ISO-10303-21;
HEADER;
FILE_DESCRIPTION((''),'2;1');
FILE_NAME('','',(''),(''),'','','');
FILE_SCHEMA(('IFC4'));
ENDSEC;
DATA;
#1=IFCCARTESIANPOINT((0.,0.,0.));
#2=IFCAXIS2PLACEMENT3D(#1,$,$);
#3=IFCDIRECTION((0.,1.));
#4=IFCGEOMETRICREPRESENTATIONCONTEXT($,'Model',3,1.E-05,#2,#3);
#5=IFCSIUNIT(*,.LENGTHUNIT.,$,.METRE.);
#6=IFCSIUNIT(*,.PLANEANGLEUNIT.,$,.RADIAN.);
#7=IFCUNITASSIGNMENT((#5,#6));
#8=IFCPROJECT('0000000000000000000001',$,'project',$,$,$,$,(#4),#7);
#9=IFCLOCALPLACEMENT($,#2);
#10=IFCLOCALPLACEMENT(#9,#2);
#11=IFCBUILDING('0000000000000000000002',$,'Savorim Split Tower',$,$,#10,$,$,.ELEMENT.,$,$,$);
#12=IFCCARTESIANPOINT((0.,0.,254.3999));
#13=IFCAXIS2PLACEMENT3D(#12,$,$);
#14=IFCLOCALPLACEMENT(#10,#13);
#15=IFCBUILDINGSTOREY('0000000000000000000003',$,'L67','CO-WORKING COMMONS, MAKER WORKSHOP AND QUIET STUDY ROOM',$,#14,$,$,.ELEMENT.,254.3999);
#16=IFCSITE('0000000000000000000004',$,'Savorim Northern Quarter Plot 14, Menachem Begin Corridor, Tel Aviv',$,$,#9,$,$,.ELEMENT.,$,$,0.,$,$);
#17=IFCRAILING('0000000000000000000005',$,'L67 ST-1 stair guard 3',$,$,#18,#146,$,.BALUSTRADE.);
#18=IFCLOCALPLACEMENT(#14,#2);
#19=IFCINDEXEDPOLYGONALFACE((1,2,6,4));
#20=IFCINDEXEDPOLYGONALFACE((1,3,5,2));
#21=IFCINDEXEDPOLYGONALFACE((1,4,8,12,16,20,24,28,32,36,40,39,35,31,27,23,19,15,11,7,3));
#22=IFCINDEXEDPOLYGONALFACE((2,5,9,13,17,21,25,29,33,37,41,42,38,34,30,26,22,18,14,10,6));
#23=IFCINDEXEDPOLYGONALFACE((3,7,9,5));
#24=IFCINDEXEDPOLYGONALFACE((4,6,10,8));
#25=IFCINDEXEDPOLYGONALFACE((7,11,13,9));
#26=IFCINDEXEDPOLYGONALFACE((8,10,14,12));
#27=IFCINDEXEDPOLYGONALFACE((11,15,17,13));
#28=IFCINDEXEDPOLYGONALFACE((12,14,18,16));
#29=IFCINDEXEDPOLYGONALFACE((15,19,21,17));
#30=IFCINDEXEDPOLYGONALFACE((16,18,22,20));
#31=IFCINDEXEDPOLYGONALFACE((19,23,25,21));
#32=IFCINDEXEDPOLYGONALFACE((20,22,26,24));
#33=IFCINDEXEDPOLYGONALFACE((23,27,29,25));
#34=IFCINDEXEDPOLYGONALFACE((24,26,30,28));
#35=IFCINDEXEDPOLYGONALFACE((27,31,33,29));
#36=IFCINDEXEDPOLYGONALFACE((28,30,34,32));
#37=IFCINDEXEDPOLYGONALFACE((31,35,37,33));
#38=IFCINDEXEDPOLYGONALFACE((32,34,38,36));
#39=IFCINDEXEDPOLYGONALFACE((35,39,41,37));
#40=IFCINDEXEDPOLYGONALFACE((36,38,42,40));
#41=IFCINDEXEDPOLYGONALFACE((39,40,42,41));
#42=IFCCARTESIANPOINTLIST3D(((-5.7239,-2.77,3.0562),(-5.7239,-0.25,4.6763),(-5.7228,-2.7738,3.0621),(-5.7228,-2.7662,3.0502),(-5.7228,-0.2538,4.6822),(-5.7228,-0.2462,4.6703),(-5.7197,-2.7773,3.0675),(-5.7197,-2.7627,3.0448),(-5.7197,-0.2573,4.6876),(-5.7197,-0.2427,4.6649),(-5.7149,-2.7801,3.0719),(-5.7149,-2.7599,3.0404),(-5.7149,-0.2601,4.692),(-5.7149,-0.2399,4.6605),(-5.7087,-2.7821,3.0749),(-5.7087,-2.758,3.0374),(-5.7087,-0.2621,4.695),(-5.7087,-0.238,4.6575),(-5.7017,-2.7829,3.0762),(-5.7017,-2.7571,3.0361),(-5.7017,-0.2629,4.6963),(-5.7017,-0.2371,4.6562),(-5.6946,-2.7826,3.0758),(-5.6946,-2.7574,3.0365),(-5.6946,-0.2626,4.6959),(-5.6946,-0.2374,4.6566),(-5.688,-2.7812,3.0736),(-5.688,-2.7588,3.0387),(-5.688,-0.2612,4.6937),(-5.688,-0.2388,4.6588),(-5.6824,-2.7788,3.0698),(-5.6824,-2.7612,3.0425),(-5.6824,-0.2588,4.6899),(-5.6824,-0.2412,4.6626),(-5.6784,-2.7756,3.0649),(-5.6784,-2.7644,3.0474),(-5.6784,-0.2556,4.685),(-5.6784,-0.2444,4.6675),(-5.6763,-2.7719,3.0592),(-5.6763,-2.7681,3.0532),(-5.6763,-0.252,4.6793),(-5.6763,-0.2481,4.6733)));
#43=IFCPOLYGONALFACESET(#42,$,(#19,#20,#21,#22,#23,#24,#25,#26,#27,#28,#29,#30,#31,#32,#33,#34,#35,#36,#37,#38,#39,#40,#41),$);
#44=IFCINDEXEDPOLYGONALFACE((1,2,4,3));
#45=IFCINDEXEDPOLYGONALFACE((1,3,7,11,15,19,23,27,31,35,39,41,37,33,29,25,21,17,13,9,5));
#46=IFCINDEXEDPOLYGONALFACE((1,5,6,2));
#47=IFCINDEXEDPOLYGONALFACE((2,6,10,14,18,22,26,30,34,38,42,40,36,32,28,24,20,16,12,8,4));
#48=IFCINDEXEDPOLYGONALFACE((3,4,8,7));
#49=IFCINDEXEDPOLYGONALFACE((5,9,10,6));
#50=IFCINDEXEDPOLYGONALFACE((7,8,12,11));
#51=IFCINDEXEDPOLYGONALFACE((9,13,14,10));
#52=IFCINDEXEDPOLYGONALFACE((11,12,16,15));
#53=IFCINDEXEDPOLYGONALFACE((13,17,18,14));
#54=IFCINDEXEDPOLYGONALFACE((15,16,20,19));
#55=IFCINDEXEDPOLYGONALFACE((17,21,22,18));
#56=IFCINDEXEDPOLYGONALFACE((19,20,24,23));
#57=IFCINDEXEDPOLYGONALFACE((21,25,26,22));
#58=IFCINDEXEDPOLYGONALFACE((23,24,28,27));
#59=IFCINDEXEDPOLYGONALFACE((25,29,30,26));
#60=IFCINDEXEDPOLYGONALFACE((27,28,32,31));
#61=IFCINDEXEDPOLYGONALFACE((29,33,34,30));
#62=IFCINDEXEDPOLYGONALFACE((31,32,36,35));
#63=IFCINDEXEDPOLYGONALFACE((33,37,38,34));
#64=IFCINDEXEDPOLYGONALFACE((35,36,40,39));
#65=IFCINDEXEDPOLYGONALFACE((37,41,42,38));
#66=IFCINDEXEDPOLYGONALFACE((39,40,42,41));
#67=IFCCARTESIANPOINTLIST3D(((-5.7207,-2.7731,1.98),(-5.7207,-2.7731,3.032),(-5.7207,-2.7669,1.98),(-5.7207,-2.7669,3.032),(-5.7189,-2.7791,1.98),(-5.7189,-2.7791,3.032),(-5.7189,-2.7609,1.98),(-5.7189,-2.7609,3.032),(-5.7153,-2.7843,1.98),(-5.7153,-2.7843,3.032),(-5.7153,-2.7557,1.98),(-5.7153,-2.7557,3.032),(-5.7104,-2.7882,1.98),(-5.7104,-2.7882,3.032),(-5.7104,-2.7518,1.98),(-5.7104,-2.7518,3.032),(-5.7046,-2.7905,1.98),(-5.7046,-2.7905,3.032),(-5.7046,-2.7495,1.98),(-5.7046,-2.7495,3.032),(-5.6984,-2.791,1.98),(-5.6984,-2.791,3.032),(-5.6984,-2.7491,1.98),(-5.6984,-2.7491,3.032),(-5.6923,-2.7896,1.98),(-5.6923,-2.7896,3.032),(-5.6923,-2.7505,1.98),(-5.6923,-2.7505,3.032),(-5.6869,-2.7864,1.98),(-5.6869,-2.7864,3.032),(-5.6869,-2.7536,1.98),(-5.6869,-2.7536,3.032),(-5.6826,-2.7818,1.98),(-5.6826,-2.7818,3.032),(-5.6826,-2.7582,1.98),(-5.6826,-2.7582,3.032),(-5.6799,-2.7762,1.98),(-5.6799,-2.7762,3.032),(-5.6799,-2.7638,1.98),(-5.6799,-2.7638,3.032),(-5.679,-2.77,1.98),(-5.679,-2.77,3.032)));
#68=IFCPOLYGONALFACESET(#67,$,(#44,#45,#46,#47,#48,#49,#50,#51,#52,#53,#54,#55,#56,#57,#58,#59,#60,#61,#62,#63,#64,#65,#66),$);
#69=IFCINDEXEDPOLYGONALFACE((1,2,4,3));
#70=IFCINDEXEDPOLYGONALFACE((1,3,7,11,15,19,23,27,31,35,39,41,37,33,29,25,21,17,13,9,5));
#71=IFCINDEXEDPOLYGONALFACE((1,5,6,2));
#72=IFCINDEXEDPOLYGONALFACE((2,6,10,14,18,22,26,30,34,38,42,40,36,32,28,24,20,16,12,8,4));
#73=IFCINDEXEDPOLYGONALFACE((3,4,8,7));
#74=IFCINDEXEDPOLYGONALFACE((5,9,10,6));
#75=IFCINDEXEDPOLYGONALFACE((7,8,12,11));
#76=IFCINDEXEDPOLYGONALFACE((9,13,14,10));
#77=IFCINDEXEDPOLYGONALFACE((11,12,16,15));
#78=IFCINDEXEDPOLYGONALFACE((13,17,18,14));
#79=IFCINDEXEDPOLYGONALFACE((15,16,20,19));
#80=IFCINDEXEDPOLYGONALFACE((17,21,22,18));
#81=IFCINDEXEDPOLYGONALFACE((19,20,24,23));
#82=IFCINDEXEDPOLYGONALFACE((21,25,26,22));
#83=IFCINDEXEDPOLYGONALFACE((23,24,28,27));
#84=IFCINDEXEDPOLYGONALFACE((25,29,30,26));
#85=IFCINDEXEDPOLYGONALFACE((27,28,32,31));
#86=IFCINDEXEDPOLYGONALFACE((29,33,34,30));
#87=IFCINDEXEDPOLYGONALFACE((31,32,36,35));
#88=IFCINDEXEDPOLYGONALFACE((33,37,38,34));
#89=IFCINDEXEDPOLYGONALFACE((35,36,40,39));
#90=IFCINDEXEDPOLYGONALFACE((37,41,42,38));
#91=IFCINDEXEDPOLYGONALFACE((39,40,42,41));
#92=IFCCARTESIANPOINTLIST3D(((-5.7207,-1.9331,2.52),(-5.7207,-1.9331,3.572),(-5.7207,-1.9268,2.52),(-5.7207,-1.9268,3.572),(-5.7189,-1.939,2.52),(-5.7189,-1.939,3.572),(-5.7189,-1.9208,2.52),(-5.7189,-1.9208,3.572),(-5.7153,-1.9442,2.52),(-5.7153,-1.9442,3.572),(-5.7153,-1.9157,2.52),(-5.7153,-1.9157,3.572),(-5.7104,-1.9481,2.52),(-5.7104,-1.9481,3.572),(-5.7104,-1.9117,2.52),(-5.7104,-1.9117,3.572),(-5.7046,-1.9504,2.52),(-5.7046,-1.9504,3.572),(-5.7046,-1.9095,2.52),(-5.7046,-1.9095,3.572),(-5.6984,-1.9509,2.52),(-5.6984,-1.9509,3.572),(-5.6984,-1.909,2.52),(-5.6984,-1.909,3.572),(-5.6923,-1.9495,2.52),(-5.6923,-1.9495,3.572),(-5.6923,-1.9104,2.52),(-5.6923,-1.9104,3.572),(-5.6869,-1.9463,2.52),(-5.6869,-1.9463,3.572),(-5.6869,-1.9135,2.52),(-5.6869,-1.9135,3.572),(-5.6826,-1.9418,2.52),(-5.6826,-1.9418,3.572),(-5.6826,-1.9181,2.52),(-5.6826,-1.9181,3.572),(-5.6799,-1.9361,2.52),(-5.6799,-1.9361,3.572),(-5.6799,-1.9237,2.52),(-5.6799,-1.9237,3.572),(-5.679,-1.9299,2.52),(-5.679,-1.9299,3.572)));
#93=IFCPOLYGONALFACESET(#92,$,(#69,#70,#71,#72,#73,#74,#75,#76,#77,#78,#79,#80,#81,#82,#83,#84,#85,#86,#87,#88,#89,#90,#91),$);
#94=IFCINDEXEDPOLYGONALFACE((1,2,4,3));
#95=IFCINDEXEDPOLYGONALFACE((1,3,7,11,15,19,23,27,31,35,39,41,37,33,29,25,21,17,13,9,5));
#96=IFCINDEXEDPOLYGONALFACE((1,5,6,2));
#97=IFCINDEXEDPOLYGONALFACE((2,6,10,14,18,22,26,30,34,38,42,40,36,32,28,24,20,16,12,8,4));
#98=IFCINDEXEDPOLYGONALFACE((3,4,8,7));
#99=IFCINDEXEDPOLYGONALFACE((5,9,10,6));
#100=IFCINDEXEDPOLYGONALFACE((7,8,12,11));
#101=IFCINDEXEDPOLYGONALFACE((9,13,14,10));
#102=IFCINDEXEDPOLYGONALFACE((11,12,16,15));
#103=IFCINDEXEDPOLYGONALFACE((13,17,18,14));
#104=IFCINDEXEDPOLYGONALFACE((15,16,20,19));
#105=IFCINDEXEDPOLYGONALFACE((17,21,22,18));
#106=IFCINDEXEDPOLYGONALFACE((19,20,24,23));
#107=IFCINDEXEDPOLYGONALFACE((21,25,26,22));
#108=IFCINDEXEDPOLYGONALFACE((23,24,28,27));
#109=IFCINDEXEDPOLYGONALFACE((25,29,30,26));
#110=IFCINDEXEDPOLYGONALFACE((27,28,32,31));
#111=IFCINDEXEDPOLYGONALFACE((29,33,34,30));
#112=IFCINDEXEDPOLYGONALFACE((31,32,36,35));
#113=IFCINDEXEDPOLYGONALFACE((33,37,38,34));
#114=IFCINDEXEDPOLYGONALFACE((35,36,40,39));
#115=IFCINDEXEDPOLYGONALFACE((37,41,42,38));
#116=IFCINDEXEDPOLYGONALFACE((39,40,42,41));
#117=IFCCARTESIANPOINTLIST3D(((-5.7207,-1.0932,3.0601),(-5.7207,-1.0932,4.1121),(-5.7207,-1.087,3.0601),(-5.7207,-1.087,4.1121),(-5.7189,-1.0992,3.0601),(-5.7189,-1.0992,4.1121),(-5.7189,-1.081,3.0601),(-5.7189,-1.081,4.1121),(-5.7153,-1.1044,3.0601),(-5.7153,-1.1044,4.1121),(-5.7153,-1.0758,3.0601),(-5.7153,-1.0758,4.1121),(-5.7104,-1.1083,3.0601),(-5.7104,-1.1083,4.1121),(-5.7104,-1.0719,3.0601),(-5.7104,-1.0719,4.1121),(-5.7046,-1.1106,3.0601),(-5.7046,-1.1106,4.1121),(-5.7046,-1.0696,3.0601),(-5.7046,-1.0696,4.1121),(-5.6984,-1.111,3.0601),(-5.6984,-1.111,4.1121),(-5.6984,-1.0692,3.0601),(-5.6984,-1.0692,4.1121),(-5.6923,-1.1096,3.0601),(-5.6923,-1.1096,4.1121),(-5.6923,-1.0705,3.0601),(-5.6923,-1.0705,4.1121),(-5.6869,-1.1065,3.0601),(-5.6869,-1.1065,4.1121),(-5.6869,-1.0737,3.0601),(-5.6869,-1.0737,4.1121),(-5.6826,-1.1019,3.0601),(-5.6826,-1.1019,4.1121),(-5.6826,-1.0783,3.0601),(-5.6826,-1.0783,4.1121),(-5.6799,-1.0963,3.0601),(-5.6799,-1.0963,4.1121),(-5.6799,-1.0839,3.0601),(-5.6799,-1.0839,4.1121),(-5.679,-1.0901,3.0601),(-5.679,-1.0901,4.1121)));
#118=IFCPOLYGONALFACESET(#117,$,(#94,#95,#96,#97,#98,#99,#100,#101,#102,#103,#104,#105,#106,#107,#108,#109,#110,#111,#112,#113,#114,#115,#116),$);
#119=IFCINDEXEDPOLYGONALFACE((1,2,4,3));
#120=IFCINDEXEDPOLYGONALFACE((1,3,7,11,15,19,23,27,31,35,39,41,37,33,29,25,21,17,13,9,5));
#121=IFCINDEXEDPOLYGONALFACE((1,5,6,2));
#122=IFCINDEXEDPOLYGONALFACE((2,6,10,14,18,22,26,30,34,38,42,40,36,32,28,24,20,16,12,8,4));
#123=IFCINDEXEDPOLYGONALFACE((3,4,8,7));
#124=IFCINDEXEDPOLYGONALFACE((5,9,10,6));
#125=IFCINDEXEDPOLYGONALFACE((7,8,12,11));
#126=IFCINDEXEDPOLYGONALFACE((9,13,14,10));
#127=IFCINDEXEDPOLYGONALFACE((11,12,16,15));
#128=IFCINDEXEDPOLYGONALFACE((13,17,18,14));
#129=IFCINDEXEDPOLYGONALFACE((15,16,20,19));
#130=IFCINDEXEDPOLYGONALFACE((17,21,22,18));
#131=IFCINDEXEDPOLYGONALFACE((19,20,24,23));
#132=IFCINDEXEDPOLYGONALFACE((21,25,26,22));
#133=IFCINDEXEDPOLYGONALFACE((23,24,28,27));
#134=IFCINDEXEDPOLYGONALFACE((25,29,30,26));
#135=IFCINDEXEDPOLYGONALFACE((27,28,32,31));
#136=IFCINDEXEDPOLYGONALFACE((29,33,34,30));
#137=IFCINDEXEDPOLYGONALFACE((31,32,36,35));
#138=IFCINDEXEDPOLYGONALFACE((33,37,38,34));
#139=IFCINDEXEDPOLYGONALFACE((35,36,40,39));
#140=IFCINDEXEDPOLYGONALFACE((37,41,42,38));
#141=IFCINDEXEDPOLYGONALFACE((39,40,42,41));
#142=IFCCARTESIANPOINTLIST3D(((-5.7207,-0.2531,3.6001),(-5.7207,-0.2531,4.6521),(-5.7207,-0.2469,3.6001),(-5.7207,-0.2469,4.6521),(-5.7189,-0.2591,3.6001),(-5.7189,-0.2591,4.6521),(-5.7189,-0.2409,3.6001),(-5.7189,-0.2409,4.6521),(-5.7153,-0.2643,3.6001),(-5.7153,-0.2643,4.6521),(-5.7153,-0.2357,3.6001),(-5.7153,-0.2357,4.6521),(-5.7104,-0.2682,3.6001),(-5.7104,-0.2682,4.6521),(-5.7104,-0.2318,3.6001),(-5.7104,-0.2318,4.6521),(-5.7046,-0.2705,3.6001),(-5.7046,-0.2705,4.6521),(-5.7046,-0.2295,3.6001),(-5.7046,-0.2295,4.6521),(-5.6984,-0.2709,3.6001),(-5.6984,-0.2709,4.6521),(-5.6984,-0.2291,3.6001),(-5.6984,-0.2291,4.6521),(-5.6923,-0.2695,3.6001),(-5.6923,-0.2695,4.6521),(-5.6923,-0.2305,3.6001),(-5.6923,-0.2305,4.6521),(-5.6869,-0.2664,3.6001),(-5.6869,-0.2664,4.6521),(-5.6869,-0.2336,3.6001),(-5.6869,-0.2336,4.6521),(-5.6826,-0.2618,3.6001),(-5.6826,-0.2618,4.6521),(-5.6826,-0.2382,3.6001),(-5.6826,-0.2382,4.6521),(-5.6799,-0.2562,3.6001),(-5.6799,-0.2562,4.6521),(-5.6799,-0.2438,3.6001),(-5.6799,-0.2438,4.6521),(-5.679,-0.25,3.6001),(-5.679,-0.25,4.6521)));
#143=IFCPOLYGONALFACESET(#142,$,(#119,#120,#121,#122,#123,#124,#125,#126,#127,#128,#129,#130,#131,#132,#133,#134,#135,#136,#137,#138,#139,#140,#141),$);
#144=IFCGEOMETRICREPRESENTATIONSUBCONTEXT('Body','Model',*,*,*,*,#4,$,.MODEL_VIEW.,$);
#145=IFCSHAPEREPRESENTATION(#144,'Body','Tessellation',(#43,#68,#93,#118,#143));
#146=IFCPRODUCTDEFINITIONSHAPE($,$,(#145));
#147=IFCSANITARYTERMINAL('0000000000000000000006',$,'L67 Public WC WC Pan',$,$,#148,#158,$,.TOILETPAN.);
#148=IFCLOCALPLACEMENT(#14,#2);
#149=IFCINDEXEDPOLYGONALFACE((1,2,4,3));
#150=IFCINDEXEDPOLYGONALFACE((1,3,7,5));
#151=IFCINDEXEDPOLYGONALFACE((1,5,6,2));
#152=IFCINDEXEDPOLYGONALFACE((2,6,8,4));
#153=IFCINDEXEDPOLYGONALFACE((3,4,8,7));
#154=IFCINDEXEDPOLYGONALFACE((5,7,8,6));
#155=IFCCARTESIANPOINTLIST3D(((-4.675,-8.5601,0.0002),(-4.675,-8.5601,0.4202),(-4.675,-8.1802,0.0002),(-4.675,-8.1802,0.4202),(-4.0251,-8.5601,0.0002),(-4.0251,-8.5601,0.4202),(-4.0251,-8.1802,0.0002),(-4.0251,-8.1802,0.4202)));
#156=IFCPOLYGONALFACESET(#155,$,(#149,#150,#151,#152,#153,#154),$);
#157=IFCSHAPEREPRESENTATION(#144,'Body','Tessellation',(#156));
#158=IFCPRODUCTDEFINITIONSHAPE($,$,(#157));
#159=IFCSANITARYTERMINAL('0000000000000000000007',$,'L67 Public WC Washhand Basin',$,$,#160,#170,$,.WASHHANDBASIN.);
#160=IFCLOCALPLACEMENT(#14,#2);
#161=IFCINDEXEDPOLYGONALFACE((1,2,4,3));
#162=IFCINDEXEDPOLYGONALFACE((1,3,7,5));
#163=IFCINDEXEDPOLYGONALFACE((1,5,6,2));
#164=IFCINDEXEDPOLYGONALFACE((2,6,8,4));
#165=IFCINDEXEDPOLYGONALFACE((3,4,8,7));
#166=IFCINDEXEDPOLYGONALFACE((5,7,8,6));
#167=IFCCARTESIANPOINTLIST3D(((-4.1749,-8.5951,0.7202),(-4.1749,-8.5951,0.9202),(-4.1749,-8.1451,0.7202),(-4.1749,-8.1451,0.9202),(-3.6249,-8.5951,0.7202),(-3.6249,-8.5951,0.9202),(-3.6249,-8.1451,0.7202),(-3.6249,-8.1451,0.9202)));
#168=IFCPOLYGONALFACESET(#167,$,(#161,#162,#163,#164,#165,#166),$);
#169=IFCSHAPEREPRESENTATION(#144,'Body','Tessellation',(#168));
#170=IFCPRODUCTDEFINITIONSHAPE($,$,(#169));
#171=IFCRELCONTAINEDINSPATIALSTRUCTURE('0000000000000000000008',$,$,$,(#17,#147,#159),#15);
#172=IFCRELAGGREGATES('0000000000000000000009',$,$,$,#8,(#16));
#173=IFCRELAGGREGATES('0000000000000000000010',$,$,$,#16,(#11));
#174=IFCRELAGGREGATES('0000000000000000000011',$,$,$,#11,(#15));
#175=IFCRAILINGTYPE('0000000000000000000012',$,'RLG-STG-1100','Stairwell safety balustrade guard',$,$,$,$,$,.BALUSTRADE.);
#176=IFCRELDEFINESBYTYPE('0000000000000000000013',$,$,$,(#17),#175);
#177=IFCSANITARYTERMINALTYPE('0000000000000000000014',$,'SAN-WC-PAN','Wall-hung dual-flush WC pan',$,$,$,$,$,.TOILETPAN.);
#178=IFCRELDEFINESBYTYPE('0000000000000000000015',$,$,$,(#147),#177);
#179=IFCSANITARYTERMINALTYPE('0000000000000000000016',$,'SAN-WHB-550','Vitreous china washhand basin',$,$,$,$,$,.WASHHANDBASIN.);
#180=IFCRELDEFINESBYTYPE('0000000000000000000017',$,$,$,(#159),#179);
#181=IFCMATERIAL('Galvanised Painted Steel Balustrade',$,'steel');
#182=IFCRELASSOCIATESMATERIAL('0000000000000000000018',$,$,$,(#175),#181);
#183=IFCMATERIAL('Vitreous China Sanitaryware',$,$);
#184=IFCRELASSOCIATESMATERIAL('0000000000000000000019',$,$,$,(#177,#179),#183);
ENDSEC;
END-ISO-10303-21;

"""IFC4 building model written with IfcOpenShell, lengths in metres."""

from ifc_helpers import new_model, si_unit, direction, frame, origin, origin_2d, place, context, subcontext, project, spatial, rectangle, circle, extrude, material, type_object, element, save


model = new_model("IFC4")

# Units and contexts
model_context = context("Model", 3, precision=1e-05, world=origin(), true_north=direction((0.0, 1.0)))
body_context = subcontext(model_context, "Body", "Model", "MODEL_VIEW")
ifc_project = project(units=[si_unit("LENGTHUNIT", "METRE"), si_unit("PLANEANGLEUNIT", "RADIAN")], contexts=[model_context])

# Site, building, storey
site_placement = place(None, origin())
site = spatial("IfcSite", under=ifc_project, at=site_placement, Name="Savorim Northern Quarter Plot 14, Menachem Begin Corridor, Tel Aviv", CompositionType="ELEMENT", RefElevation=0.0)
building_placement = place(site_placement, origin())
building = spatial("IfcBuilding", under=site, at=building_placement, Name="Savorim Split Tower", CompositionType="ELEMENT")
storey_placement = place(building_placement, frame((0.0, 0.0, 254.3999)))
storey = spatial("IfcBuildingStorey", under=building, at=storey_placement, Name="L67", Description="CO-WORKING COMMONS, MAKER WORKSHOP AND QUIET STUDY ROOM", CompositionType="ELEMENT", Elevation=254.3999)

# Railing
ifc_material_1 = material(Name="Galvanised Painted Steel Balustrade", Category="steel")
railing_type_1 = type_object("IfcRailingType", Name="RLG-STG-1100", Description="Stairwell safety balustrade guard", PredefinedType="BALUSTRADE", material=ifc_material_1)
railing_1_placement = place(storey_placement, frame((-5.7, -2.77, 1.98)))
element("IfcRailing", 1, at=railing_1_placement, inside=storey, type_object=railing_type_1, Name="L67 ST-1 stair guard 3", PredefinedType="BALUSTRADE", context=body_context, shape_type="SweptSolid", body=[
    extrude(circle(Radius=0.0239, at=origin_2d()), frame((0.0, 0.0, 1.0762), z_axis=(0.0, 0.841163, 0.540782), x_axis=(-1.0, 0.0, 0.0)), (0.0, 0.0, 1.0), 2.9958),
    extrude(circle(Radius=0.021, at=origin_2d()), origin(), (0.0, 0.0, 1.0), 1.052),
    extrude(circle(Radius=0.021, at=origin_2d()), frame((0.0, 0.8401, 0.54)), (0.0, 0.0, 1.0), 1.052),
    extrude(circle(Radius=0.021, at=origin_2d()), frame((0.0, 1.6799, 1.0801)), (0.0, 0.0, 1.0), 1.052),
    extrude(circle(Radius=0.021, at=origin_2d()), frame((0.0, 2.52, 1.6201)), (0.0, 0.0, 1.0), 1.052),
])

# Sanitary terminals
ifc_material_2 = material(Name="Vitreous China Sanitaryware")
sanitary_terminal_type_1 = type_object("IfcSanitaryTerminalType", Name="SAN-WC-PAN", Description="Wall-hung dual-flush WC pan", PredefinedType="TOILETPAN", material=ifc_material_2)
sanitary_terminal_1_placement = place(storey_placement, frame((-4.3501, -8.3701, 0.0002), z_axis=(0.0, 0.0, 1.0), x_axis=(1.0, 0.0, 0.0)))
element("IfcSanitaryTerminal", 2, at=sanitary_terminal_1_placement, inside=storey, type_object=sanitary_terminal_type_1, Name="L67 Public WC WC Pan", PredefinedType="TOILETPAN", context=body_context, shape_type="SweptSolid", body=[
    extrude(rectangle(XDim=0.6499, YDim=0.3799, at=origin_2d()), origin(), (0.0, 0.0, 1.0), 0.4199),
])
sanitary_terminal_type_2 = type_object("IfcSanitaryTerminalType", Name="SAN-WHB-550", Description="Vitreous china washhand basin", PredefinedType="WASHHANDBASIN", material=ifc_material_2)
sanitary_terminal_2_placement = place(storey_placement, frame((-3.8999, -8.3701, 0.7202), z_axis=(0.0, 0.0, 1.0), x_axis=(1.0, 0.0, 0.0)))
element("IfcSanitaryTerminal", 3, at=sanitary_terminal_2_placement, inside=storey, type_object=sanitary_terminal_type_2, Name="L67 Public WC Washhand Basin", PredefinedType="WASHHANDBASIN", context=body_context, shape_type="SweptSolid", body=[
    extrude(rectangle(XDim=0.55, YDim=0.45, at=origin_2d()), origin(), (0.0, 0.0, 1.0), 0.2),
])

save(model, "model.ifc")
